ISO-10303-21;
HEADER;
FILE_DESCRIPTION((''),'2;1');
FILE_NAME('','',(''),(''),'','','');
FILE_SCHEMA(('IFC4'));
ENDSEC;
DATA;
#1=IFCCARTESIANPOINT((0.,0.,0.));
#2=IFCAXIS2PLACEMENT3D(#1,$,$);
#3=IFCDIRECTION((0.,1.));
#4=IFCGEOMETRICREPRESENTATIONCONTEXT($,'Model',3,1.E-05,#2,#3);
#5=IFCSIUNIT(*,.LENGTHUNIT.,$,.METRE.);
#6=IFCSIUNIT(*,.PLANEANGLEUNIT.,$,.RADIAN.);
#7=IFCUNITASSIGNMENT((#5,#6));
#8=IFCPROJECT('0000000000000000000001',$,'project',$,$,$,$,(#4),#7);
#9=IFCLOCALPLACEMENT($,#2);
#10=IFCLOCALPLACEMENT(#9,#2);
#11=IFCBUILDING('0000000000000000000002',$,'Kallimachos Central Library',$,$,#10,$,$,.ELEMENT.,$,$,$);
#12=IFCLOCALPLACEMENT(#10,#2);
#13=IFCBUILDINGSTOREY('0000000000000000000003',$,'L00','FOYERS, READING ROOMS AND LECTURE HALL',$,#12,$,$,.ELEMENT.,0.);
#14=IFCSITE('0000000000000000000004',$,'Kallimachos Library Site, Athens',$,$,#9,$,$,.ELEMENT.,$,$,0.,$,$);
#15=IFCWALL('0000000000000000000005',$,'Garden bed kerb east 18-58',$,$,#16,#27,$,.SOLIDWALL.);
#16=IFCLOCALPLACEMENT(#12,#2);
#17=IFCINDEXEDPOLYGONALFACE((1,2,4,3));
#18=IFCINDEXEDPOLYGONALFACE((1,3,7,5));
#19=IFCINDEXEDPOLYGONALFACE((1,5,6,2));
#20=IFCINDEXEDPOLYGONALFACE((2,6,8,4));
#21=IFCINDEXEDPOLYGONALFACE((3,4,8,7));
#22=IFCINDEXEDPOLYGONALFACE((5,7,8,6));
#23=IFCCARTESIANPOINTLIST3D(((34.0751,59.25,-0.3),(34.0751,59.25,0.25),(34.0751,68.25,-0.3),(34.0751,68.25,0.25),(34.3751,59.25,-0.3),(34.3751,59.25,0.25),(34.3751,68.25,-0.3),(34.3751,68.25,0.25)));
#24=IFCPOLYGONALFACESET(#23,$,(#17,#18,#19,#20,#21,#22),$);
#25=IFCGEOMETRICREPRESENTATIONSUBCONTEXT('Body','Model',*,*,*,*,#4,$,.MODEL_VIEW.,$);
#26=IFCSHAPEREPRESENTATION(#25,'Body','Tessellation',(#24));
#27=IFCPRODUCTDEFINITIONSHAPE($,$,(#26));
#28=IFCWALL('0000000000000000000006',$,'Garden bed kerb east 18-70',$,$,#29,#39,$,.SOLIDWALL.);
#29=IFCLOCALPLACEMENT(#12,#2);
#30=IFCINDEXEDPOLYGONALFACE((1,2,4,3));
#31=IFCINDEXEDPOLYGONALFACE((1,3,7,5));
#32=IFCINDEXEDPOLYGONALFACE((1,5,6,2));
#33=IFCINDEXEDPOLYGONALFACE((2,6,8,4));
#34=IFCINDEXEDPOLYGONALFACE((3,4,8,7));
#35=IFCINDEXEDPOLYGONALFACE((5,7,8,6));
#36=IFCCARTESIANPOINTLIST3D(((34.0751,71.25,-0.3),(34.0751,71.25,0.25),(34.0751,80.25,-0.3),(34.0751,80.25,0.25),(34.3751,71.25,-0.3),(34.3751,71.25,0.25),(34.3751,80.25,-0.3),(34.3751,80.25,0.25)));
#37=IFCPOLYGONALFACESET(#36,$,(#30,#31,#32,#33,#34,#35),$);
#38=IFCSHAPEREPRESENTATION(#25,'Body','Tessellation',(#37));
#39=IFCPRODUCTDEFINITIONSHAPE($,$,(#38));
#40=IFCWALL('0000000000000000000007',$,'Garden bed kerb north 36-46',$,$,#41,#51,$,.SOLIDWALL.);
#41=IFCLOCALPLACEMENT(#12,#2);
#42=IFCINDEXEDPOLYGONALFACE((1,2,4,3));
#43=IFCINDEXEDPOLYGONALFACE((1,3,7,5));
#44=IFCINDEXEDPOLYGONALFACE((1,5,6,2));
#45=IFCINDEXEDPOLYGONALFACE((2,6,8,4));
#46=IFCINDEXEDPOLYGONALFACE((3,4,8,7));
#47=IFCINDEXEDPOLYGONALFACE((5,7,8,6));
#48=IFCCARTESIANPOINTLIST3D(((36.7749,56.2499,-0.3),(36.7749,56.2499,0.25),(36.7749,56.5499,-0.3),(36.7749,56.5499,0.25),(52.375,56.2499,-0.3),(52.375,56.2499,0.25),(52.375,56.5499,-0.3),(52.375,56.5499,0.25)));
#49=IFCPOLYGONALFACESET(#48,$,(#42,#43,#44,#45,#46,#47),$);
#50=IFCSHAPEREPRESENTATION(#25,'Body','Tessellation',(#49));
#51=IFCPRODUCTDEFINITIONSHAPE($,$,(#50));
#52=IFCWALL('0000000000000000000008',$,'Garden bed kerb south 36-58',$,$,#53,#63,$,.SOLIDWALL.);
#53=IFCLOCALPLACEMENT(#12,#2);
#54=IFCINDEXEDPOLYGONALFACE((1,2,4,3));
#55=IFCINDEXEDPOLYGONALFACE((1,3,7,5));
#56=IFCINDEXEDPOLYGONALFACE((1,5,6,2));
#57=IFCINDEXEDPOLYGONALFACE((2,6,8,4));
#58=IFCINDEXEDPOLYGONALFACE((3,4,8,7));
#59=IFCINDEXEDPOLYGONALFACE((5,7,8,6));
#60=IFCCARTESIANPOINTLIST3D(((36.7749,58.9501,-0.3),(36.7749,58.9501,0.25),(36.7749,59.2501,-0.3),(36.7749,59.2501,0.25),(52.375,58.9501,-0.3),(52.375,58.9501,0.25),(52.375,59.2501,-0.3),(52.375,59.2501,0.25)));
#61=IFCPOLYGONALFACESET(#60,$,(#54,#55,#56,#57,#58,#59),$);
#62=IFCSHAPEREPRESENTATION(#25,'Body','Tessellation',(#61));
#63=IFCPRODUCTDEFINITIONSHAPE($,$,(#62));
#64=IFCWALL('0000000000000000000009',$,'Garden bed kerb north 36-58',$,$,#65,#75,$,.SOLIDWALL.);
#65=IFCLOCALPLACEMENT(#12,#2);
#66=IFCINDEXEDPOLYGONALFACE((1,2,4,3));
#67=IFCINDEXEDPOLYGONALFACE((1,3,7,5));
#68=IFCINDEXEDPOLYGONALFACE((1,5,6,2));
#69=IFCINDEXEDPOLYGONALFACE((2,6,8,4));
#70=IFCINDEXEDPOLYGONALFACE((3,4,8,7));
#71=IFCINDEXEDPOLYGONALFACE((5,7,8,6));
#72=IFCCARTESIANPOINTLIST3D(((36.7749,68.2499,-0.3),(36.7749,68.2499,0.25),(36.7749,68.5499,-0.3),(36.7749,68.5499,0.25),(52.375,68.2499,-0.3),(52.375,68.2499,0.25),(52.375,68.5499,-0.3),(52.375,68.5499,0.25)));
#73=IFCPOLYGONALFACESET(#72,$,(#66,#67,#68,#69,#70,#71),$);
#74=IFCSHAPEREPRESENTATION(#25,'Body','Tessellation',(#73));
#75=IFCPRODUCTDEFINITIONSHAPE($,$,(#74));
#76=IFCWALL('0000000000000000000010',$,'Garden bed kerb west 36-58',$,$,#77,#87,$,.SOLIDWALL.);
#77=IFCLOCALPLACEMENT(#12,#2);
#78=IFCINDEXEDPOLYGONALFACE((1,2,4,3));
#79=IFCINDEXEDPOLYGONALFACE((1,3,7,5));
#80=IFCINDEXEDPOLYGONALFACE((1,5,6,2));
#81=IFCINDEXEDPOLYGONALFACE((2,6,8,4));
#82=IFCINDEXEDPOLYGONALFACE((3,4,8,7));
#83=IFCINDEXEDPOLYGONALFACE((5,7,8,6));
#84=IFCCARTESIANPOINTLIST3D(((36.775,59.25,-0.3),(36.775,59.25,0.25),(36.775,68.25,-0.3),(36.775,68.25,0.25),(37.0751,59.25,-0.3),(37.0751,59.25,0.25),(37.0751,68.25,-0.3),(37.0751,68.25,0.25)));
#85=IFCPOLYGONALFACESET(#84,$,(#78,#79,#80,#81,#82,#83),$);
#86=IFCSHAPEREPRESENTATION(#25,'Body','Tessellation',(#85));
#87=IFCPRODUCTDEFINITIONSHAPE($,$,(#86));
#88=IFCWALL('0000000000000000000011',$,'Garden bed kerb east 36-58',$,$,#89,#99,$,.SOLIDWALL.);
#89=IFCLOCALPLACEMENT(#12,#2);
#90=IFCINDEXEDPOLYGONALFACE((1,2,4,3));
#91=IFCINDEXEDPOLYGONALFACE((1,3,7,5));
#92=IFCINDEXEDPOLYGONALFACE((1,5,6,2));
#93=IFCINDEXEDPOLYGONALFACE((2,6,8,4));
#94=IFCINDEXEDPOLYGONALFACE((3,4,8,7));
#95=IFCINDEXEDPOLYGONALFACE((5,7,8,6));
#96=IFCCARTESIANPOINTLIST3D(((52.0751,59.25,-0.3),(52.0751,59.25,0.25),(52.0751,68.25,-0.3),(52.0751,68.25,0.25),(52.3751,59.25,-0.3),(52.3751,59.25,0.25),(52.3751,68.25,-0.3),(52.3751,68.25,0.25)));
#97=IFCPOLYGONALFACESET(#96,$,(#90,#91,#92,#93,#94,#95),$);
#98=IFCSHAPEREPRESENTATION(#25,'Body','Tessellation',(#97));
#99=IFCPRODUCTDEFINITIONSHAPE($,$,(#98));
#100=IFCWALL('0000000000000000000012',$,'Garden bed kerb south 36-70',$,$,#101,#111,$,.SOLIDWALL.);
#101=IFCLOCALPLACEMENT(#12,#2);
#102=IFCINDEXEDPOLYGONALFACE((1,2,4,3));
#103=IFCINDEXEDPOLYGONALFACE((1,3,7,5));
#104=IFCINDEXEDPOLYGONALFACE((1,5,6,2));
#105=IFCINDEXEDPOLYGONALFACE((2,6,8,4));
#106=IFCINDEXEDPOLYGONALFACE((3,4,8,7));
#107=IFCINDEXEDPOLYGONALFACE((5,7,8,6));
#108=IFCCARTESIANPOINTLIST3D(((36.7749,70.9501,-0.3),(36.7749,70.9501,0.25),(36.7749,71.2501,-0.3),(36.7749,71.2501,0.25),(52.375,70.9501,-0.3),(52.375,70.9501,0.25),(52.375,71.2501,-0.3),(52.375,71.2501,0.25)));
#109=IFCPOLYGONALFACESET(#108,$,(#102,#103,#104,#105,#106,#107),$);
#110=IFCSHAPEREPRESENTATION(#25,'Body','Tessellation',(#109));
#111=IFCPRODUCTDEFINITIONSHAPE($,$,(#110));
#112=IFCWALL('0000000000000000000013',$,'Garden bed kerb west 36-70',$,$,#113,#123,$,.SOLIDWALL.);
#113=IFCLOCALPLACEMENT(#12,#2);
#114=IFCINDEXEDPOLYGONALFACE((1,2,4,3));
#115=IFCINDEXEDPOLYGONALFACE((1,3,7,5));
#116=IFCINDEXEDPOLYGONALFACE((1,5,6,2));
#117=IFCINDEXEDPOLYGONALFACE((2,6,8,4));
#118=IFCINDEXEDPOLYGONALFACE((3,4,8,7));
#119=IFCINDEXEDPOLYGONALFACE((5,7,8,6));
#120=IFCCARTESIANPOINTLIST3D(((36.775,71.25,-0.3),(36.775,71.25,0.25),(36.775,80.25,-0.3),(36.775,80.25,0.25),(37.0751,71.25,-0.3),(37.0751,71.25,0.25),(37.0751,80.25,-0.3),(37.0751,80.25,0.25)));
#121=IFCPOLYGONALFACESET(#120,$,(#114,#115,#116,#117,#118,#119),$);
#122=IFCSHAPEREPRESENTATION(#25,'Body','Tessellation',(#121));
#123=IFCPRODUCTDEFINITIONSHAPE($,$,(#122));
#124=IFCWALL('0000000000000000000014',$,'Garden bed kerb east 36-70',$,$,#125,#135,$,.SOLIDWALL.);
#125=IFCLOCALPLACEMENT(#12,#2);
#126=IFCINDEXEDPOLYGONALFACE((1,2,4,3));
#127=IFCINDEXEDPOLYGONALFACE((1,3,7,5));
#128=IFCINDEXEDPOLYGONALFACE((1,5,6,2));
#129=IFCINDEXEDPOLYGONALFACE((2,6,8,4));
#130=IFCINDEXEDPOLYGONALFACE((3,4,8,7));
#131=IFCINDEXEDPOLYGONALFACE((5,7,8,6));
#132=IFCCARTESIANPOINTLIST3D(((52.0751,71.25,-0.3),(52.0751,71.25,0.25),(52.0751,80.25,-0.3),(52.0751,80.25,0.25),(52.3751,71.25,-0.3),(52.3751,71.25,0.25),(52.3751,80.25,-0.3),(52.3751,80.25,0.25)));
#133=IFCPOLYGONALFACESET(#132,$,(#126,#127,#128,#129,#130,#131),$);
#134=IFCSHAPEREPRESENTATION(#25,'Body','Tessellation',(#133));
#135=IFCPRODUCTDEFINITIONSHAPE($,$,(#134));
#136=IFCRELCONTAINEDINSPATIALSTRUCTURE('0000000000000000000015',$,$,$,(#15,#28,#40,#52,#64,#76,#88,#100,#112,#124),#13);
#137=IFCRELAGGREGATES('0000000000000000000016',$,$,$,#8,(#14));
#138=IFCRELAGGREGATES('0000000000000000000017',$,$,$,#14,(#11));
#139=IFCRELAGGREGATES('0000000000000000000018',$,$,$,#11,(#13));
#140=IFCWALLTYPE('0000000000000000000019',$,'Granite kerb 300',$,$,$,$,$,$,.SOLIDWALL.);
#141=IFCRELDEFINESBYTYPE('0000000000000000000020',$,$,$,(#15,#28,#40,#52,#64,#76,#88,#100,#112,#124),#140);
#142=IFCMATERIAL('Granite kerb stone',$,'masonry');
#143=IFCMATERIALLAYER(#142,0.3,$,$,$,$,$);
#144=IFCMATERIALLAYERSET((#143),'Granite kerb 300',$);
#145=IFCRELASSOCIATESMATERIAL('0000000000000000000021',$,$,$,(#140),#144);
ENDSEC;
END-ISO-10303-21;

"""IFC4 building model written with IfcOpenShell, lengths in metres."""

from ifc_helpers import new_model, si_unit, direction, frame, frame_2d, origin, place, context, subcontext, project, spatial, rectangle, extrude, material, layer, layer_set, type_object, element, save


model = new_model("IFC4")

# Units and contexts
model_context = context("Model", 3, precision=1e-05, world=origin(), true_north=direction((0.0, 1.0)))
body_context = subcontext(model_context, "Body", "Model", "MODEL_VIEW")
ifc_project = project(units=[si_unit("LENGTHUNIT", "METRE"), si_unit("PLANEANGLEUNIT", "RADIAN")], contexts=[model_context])

# Site, building, storey
site_placement = place(None, origin())
site = spatial("IfcSite", under=ifc_project, at=site_placement, Name="Kallimachos Library Site, Athens", CompositionType="ELEMENT", RefElevation=0.0)
building_placement = place(site_placement, origin())
building = spatial("IfcBuilding", under=site, at=building_placement, Name="Kallimachos Central Library", CompositionType="ELEMENT")
storey_placement = place(building_placement, origin())
storey = spatial("IfcBuildingStorey", under=building, at=storey_placement, Name="L00", Description="FOYERS, READING ROOMS AND LECTURE HALL", CompositionType="ELEMENT", Elevation=0.0)

# Walls
ifc_material_1 = material(Name="Granite kerb stone", Category="masonry")
ifc_layer = layer(ifc_material_1, 0.3)
ifc_layer_set = layer_set([ifc_layer], Name="Granite kerb 300")
wall_type = type_object("IfcWallType", Name="Granite kerb 300", PredefinedType="SOLIDWALL", material=ifc_layer_set)
for number, where, z_axis, x_axis, name in (
    (1, (34.2251, 59.25, -0.3), (0.0, 0.0, 1.0), (0.0, 1.0, 0.0), "Garden bed kerb east 18-58"),
    (2, (34.2251, 71.25, -0.3), (0.0, 0.0, 1.0), (0.0, 1.0, 0.0), "Garden bed kerb east 18-70"),
):
    element("IfcWall", number, at=place(storey_placement, frame(where, z_axis=z_axis, x_axis=x_axis)), inside=storey, type_object=wall_type, Name=name, PredefinedType="SOLIDWALL", context=body_context, shape_type="SweptSolid", body=[
        extrude(rectangle(XDim=9.0, YDim=0.3, at=frame_2d((4.5, 0.0))), origin(), (0.0, 0.0, 1.0), 0.55),
    ])
for number, where, z_axis, x_axis, name in (
    (3, (36.7749, 56.3999, -0.3), (0.0, 0.0, 1.0), (1.0, 0.0, 0.0), "Garden bed kerb north 36-46"),
    (4, (36.7749, 59.1001, -0.3), (0.0, 0.0, 1.0), (1.0, 0.0, 0.0), "Garden bed kerb south 36-58"),
    (5, (36.7749, 68.3999, -0.3), (0.0, 0.0, 1.0), (1.0, 0.0, 0.0), "Garden bed kerb north 36-58"),
):
    element("IfcWall", number, at=place(storey_placement, frame(where, z_axis=z_axis, x_axis=x_axis)), inside=storey, type_object=wall_type, Name=name, PredefinedType="SOLIDWALL", context=body_context, shape_type="SweptSolid", body=[
        extrude(rectangle(XDim=15.6001, YDim=0.3, at=frame_2d((7.8, 0.0))), origin(), (0.0, 0.0, 1.0), 0.55),
    ])
for number, where, z_axis, x_axis, name in (
    (6, (36.925, 59.25, -0.3), (0.0, 0.0, 1.0), (0.0, 1.0, 0.0), "Garden bed kerb west 36-58"),
    (7, (52.2251, 59.25, -0.3), (0.0, 0.0, 1.0), (0.0, 1.0, 0.0), "Garden bed kerb east 36-58"),
):
    element("IfcWall", number, at=place(storey_placement, frame(where, z_axis=z_axis, x_axis=x_axis)), inside=storey, type_object=wall_type, Name=name, PredefinedType="SOLIDWALL", context=body_context, shape_type="SweptSolid", body=[
        extrude(rectangle(XDim=9.0, YDim=0.3, at=frame_2d((4.5, 0.0))), origin(), (0.0, 0.0, 1.0), 0.55),
    ])
wall_placement = place(storey_placement, frame((36.7749, 71.1001, -0.3), z_axis=(0.0, 0.0, 1.0), x_axis=(1.0, 0.0, 0.0)))
element("IfcWall", 8, at=wall_placement, inside=storey, type_object=wall_type, Name="Garden bed kerb south 36-70", PredefinedType="SOLIDWALL", context=body_context, shape_type="SweptSolid", body=[
    extrude(rectangle(XDim=15.6001, YDim=0.3, at=frame_2d((7.8, 0.0))), origin(), (0.0, 0.0, 1.0), 0.55),
])
for number, where, z_axis, x_axis, name in (
    (9, (36.925, 71.25, -0.3), (0.0, 0.0, 1.0), (0.0, 1.0, 0.0), "Garden bed kerb west 36-70"),
    (10, (52.2251, 71.25, -0.3), (0.0, 0.0, 1.0), (0.0, 1.0, 0.0), "Garden bed kerb east 36-70"),
):
    element("IfcWall", number, at=place(storey_placement, frame(where, z_axis=z_axis, x_axis=x_axis)), inside=storey, type_object=wall_type, Name=name, PredefinedType="SOLIDWALL", context=body_context, shape_type="SweptSolid", body=[
        extrude(rectangle(XDim=9.0, YDim=0.3, at=frame_2d((4.5, 0.0))), origin(), (0.0, 0.0, 1.0), 0.55),
    ])

save(model, "model.ifc")
